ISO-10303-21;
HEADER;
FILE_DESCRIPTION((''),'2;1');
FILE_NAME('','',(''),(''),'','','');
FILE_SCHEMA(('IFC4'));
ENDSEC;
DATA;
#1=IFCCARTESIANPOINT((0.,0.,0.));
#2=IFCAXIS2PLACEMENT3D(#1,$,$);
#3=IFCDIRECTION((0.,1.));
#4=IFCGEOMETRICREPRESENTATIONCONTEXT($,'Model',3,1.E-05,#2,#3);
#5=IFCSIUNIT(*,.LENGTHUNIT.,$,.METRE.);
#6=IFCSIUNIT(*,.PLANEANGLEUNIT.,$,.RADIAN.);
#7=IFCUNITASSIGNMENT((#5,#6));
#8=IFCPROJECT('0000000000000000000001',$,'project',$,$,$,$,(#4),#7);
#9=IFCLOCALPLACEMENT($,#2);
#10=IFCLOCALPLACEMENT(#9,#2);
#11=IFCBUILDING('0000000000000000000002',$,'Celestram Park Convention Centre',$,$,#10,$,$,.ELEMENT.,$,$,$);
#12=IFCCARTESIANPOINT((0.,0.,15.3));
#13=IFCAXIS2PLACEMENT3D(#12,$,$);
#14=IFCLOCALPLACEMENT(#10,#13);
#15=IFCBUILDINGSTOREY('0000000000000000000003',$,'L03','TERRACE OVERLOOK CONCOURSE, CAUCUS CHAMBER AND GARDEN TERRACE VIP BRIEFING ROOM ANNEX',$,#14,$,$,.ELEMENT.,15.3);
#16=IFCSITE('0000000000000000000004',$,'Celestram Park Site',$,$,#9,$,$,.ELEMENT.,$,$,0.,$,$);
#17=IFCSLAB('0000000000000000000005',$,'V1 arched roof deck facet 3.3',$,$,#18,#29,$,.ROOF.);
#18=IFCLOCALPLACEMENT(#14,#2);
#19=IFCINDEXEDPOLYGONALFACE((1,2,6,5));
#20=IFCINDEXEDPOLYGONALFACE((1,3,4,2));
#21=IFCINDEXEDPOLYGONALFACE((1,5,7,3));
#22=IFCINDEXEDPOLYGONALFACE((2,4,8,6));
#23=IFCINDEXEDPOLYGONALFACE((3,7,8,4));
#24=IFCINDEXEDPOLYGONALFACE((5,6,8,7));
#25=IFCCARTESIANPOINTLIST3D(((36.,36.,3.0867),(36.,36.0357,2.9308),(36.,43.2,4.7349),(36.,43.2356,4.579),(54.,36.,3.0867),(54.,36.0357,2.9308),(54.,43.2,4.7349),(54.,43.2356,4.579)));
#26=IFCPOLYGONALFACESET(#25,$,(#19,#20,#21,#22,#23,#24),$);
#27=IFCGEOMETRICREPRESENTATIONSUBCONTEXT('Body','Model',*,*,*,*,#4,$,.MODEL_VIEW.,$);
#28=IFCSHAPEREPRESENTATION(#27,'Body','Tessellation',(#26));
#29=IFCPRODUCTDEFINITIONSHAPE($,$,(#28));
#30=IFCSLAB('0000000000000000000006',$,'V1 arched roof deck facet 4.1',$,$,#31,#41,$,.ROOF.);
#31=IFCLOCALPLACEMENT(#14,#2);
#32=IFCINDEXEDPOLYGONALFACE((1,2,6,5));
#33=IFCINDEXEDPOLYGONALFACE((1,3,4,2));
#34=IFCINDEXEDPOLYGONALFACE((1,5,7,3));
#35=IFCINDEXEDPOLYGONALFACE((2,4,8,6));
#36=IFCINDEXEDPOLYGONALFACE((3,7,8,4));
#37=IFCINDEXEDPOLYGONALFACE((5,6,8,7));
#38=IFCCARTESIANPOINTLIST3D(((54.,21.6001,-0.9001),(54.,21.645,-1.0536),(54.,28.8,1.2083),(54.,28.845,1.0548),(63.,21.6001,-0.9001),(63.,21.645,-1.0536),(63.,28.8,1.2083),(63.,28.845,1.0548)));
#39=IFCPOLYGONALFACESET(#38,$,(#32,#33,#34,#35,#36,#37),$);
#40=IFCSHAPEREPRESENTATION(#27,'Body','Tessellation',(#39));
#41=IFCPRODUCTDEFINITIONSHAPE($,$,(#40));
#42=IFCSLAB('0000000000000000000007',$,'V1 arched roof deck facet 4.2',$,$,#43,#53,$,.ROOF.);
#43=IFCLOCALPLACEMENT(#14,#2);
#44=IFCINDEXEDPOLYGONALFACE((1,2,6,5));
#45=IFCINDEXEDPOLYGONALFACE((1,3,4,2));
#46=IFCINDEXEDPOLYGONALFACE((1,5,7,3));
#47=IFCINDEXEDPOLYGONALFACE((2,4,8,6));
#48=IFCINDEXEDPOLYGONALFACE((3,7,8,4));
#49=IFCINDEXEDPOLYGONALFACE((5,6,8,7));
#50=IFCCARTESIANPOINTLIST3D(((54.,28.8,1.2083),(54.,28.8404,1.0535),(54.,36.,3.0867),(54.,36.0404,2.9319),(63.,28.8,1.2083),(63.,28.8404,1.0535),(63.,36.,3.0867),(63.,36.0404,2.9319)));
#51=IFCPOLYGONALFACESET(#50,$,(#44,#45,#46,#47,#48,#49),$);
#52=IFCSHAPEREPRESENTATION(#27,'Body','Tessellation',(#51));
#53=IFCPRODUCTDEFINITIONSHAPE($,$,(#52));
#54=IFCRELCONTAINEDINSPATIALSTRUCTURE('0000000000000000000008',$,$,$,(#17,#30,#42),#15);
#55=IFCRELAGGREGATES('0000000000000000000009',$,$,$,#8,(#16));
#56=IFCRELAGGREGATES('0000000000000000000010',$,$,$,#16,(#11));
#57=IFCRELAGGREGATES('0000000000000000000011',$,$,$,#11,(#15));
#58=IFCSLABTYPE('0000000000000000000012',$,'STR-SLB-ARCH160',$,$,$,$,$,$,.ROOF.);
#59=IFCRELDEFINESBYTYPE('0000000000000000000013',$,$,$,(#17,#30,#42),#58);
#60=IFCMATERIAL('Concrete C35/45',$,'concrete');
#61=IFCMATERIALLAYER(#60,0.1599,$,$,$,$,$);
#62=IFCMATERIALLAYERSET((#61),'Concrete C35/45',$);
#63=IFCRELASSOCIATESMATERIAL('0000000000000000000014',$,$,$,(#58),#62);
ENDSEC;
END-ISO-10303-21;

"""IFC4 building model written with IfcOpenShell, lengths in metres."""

from ifc_helpers import new_model, si_unit, direction, frame, origin, place, context, subcontext, project, spatial, polyline, outline, extrude, material, layer, layer_set, type_object, element, save


model = new_model("IFC4")

# Units and contexts
model_context = context("Model", 3, precision=1e-05, world=origin(), true_north=direction((0.0, 1.0)))
body_context = subcontext(model_context, "Body", "Model", "MODEL_VIEW")
ifc_project = project(units=[si_unit("LENGTHUNIT", "METRE"), si_unit("PLANEANGLEUNIT", "RADIAN")], contexts=[model_context])

# Site, building, storey
site_placement = place(None, origin())
site = spatial("IfcSite", under=ifc_project, at=site_placement, Name="Celestram Park Site", CompositionType="ELEMENT", RefElevation=0.0)
building_placement = place(site_placement, origin())
building = spatial("IfcBuilding", under=site, at=building_placement, Name="Celestram Park Convention Centre", CompositionType="ELEMENT")
storey_placement = place(building_placement, frame((0.0, 0.0, 15.3)))
storey = spatial("IfcBuildingStorey", under=building, at=storey_placement, Name="L03", Description="TERRACE OVERLOOK CONCOURSE, CAUCUS CHAMBER AND GARDEN TERRACE VIP BRIEFING ROOM ANNEX", CompositionType="ELEMENT", Elevation=15.3)

# Slabs
ifc_material_1 = material(Name="Concrete C35/45", Category="concrete")
ifc_layer_1 = layer(ifc_material_1, 0.1599)
ifc_layer_set_1 = layer_set([ifc_layer_1], Name="Concrete C35/45")
slab_type = type_object("IfcSlabType", Name="STR-SLB-ARCH160", PredefinedType="ROOF", material=ifc_layer_set_1)
slab_1_placement = place(storey_placement, frame((36.0, 36.0, 3.0867), z_axis=(0.0, -0.223145, 0.974785), x_axis=(1.0, 0.0, 0.0)))
element("IfcSlab", 1, at=slab_1_placement, inside=storey, type_object=slab_type, Name="V1 arched roof deck facet 3.3", PredefinedType="ROOF", context=body_context, shape_type="SweptSolid", body=[
    extrude(outline(polyline([(0.0, 0.0), (18.0, 0.0), (18.0, 7.3862), (0.0, 7.3862), (0.0, 0.0)])), origin(), (0.0, 0.0, -1.0), 0.1599),
])
slab_2_placement = place(storey_placement, frame((54.0, 21.6001, -0.9001), z_axis=(0.0, -0.281033, 0.959698), x_axis=(1.0, 0.0, 0.0)))
element("IfcSlab", 2, at=slab_2_placement, inside=storey, type_object=slab_type, Name="V1 arched roof deck facet 4.1", PredefinedType="ROOF", context=body_context, shape_type="SweptSolid", body=[
    extrude(outline(polyline([(0.0, 0.0), (9.0, 0.0), (9.0, 7.5023), (0.0, 7.5023), (0.0, 0.0)])), origin(), (0.0, 0.0, -1.0), 0.1599),
])
slab_3_placement = place(storey_placement, frame((54.0, 28.8, 1.2083), z_axis=(0.0, -0.252443, 0.967612), x_axis=(1.0, 0.0, 0.0)))
element("IfcSlab", 3, at=slab_3_placement, inside=storey, type_object=slab_type, Name="V1 arched roof deck facet 4.2", PredefinedType="ROOF", context=body_context, shape_type="SweptSolid", body=[
    extrude(outline(polyline([(0.0, 0.0), (9.0, 0.0), (9.0, 7.441), (0.0, 7.441), (0.0, 0.0)])), origin(), (0.0, 0.0, -1.0), 0.1599),
])

save(model, "model.ifc")
